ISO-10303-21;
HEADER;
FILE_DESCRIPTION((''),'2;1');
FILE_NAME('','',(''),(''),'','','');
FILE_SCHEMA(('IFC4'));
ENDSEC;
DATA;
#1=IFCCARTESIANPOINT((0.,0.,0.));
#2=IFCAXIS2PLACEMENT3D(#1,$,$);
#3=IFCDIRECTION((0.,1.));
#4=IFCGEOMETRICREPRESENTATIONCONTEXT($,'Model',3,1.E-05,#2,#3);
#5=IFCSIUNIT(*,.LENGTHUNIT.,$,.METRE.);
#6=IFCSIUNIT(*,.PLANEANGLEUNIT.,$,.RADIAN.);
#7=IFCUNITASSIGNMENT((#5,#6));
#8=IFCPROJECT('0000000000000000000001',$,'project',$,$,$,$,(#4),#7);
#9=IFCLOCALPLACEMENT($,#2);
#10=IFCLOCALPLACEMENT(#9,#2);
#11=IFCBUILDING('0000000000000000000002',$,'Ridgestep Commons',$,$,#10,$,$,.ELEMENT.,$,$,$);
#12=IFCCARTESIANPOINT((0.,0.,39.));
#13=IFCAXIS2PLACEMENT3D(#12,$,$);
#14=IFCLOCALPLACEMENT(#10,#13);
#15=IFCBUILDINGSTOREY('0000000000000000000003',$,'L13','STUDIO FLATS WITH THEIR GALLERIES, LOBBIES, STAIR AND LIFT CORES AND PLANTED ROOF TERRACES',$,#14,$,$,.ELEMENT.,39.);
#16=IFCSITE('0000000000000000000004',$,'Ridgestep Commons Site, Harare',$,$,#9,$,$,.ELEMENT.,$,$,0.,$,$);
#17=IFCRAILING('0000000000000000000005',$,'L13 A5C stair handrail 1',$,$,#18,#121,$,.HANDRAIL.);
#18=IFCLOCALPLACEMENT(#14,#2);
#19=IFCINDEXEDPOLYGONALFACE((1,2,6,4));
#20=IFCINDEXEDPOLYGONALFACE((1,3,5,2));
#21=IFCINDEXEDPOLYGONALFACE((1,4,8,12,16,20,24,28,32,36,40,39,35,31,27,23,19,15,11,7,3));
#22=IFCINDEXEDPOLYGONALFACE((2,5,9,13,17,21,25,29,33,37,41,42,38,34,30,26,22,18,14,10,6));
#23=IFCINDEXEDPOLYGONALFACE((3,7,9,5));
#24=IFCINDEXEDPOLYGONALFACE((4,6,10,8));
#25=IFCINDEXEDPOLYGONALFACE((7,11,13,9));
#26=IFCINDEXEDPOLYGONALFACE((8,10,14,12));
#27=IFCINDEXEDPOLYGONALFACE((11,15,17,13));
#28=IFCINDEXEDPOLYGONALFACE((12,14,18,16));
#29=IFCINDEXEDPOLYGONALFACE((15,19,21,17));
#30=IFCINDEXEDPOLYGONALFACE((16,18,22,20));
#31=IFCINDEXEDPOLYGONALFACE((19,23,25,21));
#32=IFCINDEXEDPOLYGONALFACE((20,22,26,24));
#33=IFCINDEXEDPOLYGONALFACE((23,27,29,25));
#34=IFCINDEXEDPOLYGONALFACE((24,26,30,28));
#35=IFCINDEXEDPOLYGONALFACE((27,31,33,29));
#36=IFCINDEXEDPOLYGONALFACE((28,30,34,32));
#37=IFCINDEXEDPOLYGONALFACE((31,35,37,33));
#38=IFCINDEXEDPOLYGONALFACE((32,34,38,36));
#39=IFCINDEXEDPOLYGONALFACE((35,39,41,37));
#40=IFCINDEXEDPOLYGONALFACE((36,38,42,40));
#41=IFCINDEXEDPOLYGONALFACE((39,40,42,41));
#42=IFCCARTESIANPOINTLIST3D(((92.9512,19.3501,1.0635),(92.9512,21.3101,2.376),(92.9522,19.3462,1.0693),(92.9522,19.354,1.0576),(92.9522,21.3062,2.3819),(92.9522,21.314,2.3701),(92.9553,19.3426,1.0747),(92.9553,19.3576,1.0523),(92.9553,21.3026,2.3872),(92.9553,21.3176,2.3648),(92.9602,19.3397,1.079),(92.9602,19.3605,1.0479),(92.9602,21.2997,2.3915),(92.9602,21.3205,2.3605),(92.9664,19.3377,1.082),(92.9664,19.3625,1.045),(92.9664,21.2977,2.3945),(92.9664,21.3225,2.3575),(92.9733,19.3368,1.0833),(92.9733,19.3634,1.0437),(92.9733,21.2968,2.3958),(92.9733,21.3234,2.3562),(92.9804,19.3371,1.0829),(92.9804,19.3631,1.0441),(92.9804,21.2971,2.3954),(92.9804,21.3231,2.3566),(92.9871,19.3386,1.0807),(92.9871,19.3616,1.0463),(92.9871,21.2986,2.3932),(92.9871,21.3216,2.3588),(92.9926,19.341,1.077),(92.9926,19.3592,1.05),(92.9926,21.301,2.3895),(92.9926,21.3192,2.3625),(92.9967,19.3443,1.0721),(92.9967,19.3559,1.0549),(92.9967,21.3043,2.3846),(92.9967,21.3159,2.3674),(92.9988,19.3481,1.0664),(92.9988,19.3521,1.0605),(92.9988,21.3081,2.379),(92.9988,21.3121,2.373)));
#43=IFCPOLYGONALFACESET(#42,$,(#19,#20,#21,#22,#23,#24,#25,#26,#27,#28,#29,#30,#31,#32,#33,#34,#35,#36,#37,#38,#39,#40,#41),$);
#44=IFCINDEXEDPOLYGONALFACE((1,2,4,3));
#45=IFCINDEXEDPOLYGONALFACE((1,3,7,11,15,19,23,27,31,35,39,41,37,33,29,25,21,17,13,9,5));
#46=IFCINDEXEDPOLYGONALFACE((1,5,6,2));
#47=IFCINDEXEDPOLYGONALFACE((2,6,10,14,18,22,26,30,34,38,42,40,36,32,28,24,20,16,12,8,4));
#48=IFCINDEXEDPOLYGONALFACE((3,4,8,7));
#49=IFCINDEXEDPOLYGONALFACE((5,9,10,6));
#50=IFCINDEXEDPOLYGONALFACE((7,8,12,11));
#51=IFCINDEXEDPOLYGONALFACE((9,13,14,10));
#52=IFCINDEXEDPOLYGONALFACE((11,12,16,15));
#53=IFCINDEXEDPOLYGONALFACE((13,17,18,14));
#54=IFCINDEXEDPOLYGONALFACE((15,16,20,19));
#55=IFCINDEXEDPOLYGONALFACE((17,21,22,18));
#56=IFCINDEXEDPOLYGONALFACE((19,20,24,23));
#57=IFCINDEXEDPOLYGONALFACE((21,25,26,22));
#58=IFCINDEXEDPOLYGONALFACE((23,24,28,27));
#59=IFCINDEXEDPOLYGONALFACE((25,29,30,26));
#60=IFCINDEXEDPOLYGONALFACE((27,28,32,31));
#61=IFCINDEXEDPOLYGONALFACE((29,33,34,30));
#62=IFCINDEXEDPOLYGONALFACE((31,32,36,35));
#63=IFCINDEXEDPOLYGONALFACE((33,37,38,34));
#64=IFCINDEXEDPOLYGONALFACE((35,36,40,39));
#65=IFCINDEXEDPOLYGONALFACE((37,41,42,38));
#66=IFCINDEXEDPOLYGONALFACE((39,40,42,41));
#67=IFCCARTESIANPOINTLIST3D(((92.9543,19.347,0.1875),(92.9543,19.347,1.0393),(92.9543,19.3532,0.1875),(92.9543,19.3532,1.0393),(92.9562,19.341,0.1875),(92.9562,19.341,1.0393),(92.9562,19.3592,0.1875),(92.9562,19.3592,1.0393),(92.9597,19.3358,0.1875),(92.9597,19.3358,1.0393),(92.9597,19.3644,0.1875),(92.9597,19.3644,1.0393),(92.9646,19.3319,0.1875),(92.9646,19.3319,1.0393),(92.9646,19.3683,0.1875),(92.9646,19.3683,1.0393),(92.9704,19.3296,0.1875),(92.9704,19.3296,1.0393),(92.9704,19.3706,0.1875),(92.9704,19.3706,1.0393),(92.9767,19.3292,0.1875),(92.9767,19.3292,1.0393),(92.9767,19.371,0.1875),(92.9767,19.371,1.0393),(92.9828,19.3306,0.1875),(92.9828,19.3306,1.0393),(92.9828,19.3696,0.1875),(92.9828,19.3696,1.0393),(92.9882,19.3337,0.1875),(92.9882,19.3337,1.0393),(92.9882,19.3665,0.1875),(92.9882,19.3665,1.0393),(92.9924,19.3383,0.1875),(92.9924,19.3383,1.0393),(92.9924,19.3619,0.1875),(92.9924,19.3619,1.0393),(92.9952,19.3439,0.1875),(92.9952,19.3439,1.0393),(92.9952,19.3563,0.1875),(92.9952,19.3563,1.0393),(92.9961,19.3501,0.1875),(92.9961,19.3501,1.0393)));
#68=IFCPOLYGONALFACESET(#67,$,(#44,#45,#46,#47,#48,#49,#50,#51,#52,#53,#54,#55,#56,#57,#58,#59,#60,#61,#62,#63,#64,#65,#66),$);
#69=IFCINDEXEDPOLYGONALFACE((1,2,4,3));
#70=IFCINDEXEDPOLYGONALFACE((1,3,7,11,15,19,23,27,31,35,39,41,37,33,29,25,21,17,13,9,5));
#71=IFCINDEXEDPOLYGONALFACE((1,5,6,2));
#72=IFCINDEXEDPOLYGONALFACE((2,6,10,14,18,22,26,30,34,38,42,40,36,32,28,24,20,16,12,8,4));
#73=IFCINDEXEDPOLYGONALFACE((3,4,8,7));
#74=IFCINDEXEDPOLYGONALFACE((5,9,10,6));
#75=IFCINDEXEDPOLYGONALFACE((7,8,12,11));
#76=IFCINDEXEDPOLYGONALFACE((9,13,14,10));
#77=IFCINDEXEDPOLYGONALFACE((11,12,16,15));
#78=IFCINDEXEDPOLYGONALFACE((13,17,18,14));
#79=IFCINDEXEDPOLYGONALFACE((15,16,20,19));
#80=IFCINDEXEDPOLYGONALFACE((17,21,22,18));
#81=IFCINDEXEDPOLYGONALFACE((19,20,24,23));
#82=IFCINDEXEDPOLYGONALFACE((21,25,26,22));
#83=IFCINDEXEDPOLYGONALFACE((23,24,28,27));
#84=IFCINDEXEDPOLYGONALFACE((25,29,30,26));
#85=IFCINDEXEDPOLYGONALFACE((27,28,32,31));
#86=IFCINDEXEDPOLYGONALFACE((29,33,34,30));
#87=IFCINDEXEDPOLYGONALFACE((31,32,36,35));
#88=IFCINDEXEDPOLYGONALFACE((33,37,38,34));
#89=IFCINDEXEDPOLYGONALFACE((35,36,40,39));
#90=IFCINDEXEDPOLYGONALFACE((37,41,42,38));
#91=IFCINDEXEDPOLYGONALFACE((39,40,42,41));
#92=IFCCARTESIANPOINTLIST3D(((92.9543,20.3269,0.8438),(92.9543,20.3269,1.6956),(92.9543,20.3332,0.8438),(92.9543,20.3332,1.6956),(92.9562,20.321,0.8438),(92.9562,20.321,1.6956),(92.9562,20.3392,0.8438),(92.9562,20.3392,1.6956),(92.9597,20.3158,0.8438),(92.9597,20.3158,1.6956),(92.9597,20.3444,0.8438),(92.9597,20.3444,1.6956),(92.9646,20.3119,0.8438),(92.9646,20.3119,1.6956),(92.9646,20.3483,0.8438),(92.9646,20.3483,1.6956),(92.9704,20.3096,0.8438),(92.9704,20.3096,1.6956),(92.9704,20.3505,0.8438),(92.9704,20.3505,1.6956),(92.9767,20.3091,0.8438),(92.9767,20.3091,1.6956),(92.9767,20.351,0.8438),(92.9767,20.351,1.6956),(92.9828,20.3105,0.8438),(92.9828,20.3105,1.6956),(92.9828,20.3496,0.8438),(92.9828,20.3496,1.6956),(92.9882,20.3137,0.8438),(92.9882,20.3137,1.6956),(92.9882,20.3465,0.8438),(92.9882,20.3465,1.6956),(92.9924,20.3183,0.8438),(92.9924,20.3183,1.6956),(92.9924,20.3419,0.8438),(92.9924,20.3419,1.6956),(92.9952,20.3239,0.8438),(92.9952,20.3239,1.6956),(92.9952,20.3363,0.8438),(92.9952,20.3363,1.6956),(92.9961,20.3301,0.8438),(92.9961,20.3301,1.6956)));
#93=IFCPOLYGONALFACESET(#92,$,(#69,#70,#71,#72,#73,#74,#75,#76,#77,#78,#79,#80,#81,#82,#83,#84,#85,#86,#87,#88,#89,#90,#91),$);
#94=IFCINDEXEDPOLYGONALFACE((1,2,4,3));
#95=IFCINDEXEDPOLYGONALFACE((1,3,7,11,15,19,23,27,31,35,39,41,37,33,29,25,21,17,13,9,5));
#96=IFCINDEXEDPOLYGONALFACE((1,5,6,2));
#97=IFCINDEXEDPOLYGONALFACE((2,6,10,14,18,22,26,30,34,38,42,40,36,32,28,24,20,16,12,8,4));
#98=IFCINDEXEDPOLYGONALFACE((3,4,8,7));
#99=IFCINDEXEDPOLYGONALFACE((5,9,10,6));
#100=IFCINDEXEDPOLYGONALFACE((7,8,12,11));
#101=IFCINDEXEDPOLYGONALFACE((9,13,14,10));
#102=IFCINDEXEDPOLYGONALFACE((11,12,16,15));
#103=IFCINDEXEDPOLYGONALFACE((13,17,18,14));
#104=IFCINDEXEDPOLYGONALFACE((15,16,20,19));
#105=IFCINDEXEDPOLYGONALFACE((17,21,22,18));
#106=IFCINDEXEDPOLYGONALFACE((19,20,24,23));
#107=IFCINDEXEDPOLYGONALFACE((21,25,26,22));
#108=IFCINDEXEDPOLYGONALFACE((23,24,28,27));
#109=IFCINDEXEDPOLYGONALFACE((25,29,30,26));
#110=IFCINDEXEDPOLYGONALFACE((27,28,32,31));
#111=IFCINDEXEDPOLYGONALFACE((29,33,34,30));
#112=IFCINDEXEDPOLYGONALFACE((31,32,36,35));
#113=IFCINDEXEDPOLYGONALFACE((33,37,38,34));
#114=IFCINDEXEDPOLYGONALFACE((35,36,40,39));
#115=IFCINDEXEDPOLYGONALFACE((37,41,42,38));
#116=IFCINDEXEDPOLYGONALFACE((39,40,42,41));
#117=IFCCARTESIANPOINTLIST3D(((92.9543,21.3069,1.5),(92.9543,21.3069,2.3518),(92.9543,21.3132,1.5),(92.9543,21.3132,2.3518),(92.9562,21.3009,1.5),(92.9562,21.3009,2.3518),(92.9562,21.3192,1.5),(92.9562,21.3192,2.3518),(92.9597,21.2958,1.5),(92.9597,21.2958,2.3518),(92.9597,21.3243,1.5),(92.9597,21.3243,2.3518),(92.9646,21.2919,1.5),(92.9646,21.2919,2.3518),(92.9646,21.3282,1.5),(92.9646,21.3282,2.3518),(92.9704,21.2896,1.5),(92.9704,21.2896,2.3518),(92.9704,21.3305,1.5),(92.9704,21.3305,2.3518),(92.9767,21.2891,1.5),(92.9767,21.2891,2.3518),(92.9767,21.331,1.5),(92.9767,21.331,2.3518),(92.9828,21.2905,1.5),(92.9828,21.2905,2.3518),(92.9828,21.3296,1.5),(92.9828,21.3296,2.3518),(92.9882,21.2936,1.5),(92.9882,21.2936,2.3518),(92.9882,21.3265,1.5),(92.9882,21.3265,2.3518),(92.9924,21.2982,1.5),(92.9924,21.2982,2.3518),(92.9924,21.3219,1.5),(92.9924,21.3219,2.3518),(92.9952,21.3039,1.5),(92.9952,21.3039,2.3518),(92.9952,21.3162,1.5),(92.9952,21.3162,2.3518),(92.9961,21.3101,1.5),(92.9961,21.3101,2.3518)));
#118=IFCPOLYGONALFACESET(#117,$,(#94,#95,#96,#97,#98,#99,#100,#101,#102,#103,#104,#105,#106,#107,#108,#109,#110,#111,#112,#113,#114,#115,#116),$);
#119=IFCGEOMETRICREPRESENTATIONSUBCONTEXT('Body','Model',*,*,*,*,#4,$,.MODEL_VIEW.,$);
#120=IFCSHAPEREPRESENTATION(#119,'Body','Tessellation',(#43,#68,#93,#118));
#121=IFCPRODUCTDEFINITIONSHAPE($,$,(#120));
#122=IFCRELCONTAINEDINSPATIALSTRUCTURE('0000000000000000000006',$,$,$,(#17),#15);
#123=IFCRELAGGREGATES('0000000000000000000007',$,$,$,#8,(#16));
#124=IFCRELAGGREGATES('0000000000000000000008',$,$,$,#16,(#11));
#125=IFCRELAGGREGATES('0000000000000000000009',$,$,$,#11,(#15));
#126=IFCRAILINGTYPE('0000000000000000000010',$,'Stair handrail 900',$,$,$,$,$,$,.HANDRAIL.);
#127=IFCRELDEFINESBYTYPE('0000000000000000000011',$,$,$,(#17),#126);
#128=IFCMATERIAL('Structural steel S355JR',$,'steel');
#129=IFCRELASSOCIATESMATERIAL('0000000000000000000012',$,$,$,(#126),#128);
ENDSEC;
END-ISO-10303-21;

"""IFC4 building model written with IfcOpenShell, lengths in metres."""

from ifc_helpers import new_model, si_unit, direction, frame, origin, origin_2d, place, context, subcontext, project, spatial, circle, extrude, material, type_object, element, save


model = new_model("IFC4")

# Units and contexts
model_context = context("Model", 3, precision=1e-05, world=origin(), true_north=direction((0.0, 1.0)))
body_context = subcontext(model_context, "Body", "Model", "MODEL_VIEW")
ifc_project = project(units=[si_unit("LENGTHUNIT", "METRE"), si_unit("PLANEANGLEUNIT", "RADIAN")], contexts=[model_context])

# Site, building, storey
site_placement = place(None, origin())
site = spatial("IfcSite", under=ifc_project, at=site_placement, Name="Ridgestep Commons Site, Harare", CompositionType="ELEMENT", RefElevation=0.0)
building_placement = place(site_placement, origin())
building = spatial("IfcBuilding", under=site, at=building_placement, Name="Ridgestep Commons", CompositionType="ELEMENT")
storey_placement = place(building_placement, frame((0.0, 0.0, 39.0)))
storey = spatial("IfcBuildingStorey", under=building, at=storey_placement, Name="L13", Description="STUDIO FLATS WITH THEIR GALLERIES, LOBBIES, STAIR AND LIFT CORES AND PLANTED ROOF TERRACES", CompositionType="ELEMENT", Elevation=39.0)

# Railing
ifc_material_1 = material(Name="Structural steel S355JR", Category="steel")
railing_type_1 = type_object("IfcRailingType", Name="Stair handrail 900", PredefinedType="HANDRAIL", material=ifc_material_1)
railing_1_placement = place(storey_placement, frame((92.9751, 19.3501, 0.1875)))
element("IfcRailing", 1, at=railing_1_placement, inside=storey, type_object=railing_type_1, Name="L13 A5C stair handrail 1", PredefinedType="HANDRAIL", context=body_context, shape_type="SweptSolid", body=[
    extrude(circle(Radius=0.0239, at=origin_2d()), frame((0.0, 0.0, 0.876), z_axis=(0.0, 0.830902, 0.556419), x_axis=(-1.0, 0.0, 0.0)), (0.0, 0.0, 1.0), 2.3589),
    extrude(circle(Radius=0.021, at=origin_2d()), origin(), (0.0, 0.0, 1.0), 0.8518),
    extrude(circle(Radius=0.021, at=origin_2d()), frame((0.0, 0.98, 0.6562)), (0.0, 0.0, 1.0), 0.8518),
    extrude(circle(Radius=0.021, at=origin_2d()), frame((0.0, 1.96, 1.3125)), (0.0, 0.0, 1.0), 0.8518),
])

save(model, "model.ifc")
